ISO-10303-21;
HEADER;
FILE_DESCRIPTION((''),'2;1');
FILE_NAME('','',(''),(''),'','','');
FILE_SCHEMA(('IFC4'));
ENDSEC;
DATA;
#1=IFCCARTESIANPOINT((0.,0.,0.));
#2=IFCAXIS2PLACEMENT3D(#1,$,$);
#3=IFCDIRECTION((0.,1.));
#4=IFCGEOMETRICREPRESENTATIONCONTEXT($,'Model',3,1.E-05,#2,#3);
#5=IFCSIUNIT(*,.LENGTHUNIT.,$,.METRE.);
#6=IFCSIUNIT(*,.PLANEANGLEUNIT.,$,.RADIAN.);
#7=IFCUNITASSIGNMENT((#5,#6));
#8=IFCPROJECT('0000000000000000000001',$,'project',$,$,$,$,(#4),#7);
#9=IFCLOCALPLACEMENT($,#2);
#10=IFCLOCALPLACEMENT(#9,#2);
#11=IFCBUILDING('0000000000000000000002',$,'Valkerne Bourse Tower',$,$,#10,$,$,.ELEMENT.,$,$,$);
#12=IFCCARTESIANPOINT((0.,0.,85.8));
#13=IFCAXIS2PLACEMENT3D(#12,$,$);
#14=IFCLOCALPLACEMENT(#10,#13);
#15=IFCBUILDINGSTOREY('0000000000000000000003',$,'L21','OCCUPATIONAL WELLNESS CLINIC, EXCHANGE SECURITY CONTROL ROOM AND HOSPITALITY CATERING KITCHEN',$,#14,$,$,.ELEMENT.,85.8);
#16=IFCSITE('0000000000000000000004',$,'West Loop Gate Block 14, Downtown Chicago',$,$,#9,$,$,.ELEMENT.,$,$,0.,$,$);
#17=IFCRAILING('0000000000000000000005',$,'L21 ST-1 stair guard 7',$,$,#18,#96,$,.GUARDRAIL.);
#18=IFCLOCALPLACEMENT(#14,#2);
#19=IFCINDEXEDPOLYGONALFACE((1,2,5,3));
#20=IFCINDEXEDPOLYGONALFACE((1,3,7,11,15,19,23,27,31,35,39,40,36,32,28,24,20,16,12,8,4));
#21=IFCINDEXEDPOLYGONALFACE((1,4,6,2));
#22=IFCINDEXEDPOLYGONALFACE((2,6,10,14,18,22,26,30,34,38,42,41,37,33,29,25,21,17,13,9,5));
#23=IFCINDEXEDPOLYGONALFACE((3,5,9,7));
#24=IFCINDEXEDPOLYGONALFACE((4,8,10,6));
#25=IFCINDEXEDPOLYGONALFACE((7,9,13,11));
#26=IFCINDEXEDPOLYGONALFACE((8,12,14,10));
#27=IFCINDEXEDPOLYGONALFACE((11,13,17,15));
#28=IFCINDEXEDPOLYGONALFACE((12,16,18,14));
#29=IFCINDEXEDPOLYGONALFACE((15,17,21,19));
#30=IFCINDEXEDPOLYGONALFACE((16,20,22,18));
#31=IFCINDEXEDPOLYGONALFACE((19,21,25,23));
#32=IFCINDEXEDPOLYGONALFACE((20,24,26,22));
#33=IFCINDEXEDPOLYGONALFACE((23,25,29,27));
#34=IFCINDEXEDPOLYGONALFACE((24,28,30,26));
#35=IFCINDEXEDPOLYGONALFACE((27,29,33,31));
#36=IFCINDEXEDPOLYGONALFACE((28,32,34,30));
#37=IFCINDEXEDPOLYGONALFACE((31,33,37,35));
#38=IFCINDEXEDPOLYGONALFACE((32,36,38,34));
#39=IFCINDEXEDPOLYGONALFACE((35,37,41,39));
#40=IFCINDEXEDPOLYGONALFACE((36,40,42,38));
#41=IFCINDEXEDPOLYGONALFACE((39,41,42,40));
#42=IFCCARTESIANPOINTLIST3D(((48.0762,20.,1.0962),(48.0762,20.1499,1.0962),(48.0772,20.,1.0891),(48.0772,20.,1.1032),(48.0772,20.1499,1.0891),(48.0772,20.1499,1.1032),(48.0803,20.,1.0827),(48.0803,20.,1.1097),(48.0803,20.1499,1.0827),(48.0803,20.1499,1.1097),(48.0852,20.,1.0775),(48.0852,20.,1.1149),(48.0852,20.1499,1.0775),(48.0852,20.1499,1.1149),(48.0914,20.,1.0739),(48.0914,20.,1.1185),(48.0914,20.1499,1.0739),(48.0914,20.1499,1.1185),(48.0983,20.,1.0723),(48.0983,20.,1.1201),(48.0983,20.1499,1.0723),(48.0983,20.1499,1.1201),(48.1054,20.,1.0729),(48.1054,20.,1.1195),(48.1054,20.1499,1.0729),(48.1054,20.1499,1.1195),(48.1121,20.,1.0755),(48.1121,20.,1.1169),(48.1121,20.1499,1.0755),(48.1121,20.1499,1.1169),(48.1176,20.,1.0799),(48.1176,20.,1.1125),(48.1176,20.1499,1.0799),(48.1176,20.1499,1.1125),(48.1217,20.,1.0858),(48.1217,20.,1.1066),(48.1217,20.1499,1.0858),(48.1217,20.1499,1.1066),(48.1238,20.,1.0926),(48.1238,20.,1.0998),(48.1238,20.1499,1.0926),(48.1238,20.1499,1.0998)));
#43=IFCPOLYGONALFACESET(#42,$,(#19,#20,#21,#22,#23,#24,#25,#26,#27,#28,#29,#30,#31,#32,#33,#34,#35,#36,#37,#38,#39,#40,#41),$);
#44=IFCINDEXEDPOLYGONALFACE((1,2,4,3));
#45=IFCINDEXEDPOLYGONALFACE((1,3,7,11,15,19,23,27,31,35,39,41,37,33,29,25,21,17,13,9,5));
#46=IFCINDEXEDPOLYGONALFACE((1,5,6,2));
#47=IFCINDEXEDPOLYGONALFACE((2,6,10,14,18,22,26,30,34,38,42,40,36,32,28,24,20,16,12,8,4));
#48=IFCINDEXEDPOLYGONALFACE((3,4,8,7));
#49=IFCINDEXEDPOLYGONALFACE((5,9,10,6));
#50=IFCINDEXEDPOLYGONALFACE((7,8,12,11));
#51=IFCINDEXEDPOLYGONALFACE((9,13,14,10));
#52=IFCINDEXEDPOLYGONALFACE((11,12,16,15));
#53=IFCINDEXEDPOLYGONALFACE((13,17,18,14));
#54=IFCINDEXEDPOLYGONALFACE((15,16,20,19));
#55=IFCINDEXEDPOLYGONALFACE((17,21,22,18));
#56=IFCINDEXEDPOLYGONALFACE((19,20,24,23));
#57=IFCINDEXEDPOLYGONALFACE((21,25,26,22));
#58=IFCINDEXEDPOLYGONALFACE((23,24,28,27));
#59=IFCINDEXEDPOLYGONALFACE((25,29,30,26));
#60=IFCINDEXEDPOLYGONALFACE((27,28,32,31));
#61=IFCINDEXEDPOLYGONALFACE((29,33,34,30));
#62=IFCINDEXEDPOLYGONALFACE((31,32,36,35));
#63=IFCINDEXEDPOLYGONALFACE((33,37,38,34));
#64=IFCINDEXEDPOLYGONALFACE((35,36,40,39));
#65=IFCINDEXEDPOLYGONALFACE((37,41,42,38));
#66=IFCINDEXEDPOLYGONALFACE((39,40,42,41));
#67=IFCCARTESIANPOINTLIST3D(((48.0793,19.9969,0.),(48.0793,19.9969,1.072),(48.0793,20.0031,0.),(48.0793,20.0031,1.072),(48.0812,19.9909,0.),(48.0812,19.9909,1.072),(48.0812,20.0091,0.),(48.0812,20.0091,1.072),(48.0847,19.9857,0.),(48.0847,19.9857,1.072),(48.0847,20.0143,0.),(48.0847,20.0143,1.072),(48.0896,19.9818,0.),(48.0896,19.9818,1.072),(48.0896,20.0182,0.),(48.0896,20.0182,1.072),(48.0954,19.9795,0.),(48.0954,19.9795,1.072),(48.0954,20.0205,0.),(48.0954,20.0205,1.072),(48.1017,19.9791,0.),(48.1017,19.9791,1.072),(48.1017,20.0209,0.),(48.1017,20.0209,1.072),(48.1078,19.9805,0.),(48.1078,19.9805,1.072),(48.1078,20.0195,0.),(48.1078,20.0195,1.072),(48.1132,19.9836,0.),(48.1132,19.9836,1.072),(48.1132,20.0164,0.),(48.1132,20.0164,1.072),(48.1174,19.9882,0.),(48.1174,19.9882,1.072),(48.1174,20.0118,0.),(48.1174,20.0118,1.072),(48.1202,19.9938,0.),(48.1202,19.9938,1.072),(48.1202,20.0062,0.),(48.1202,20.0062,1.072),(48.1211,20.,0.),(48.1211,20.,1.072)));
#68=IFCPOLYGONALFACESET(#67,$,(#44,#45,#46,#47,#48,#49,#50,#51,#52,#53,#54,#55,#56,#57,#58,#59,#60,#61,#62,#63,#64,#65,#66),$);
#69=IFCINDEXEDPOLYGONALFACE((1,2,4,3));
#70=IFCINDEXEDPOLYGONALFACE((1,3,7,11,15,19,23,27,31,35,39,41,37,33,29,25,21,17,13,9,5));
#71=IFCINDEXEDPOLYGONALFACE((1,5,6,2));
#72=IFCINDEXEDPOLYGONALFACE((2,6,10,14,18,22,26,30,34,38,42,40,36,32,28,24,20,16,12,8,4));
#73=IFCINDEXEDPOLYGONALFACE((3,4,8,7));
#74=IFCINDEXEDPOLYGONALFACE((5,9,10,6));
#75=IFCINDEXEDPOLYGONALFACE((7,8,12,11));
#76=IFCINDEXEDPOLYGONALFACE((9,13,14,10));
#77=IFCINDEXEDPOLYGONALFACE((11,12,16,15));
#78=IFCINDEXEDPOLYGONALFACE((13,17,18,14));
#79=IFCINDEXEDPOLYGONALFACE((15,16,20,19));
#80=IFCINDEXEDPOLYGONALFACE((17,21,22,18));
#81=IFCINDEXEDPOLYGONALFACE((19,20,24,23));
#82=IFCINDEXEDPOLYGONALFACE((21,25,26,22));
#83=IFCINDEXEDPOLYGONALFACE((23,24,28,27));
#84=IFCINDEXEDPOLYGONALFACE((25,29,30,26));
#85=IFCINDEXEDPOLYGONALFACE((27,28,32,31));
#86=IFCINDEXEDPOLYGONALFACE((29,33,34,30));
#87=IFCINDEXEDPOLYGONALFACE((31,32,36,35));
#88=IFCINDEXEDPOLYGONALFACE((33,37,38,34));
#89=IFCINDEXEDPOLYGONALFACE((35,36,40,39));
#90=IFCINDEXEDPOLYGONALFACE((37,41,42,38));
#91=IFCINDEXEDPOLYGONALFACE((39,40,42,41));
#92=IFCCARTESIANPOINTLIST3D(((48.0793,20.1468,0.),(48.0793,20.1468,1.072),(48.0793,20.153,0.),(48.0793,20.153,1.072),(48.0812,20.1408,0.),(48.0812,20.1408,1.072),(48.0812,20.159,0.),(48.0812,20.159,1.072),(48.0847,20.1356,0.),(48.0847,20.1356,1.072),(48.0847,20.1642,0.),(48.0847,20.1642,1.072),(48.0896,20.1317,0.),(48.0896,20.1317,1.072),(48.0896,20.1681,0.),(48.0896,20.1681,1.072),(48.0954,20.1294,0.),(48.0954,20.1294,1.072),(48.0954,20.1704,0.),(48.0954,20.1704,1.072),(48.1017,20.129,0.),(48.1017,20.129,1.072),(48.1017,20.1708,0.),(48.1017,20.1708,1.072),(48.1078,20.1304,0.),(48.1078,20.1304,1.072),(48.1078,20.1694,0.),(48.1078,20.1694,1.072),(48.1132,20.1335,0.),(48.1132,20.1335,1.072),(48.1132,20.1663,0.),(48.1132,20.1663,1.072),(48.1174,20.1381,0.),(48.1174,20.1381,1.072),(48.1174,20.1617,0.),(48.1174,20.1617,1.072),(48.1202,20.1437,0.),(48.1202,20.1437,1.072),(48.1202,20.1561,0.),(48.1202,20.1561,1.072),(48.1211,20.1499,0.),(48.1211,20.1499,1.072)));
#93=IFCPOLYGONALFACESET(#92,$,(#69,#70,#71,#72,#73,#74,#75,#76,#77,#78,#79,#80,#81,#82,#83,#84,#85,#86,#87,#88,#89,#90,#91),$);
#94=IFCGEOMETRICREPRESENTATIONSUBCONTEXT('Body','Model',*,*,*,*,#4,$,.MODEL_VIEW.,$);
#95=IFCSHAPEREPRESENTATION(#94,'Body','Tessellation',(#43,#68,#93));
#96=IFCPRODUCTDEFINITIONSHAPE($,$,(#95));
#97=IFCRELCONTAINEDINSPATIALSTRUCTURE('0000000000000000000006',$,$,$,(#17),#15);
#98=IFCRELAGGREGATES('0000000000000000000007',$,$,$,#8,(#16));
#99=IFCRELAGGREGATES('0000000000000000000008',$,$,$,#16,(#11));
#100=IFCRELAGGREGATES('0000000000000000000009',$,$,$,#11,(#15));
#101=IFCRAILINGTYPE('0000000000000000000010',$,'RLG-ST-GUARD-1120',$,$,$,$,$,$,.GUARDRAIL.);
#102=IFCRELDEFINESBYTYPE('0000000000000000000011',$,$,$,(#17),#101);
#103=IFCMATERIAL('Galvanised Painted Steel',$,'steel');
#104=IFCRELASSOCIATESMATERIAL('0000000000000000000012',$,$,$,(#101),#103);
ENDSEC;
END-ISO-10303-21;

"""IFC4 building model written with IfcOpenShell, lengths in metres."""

from ifc_helpers import new_model, si_unit, direction, frame, origin, origin_2d, place, context, subcontext, project, spatial, circle, extrude, material, type_object, element, save


model = new_model("IFC4")

# Units and contexts
model_context = context("Model", 3, precision=1e-05, world=origin(), true_north=direction((0.0, 1.0)))
body_context = subcontext(model_context, "Body", "Model", "MODEL_VIEW")
ifc_project = project(units=[si_unit("LENGTHUNIT", "METRE"), si_unit("PLANEANGLEUNIT", "RADIAN")], contexts=[model_context])

# Site, building, storey
site_placement = place(None, origin())
site = spatial("IfcSite", under=ifc_project, at=site_placement, Name="West Loop Gate Block 14, Downtown Chicago", CompositionType="ELEMENT", RefElevation=0.0)
building_placement = place(site_placement, origin())
building = spatial("IfcBuilding", under=site, at=building_placement, Name="Valkerne Bourse Tower", CompositionType="ELEMENT")
storey_placement = place(building_placement, frame((0.0, 0.0, 85.8)))
storey = spatial("IfcBuildingStorey", under=building, at=storey_placement, Name="L21", Description="OCCUPATIONAL WELLNESS CLINIC, EXCHANGE SECURITY CONTROL ROOM AND HOSPITALITY CATERING KITCHEN", CompositionType="ELEMENT", Elevation=85.8)

# Shared definitions
ifc_material_1 = material(Name="Galvanised Painted Steel", Category="steel")

# Railing
railing_type_1 = type_object("IfcRailingType", Name="RLG-ST-GUARD-1120", PredefinedType="GUARDRAIL", material=ifc_material_1)
railing_1_placement = place(storey_placement, frame((48.1001, 20.0, 0.0)))
element("IfcRailing", 1, at=railing_1_placement, inside=storey, type_object=railing_type_1, Name="L21 ST-1 stair guard 7", PredefinedType="GUARDRAIL", context=body_context, shape_type="SweptSolid", body=[
    extrude(circle(Radius=0.0239, at=origin_2d()), frame((0.0, 0.0, 1.0962), z_axis=(0.0, 1.0, 0.0), x_axis=(-1.0, 0.0, 0.0)), (0.0, 0.0, 1.0), 0.1499),
    extrude(circle(Radius=0.021, at=origin_2d()), origin(), (0.0, 0.0, 1.0), 1.072),
    extrude(circle(Radius=0.021, at=origin_2d()), frame((0.0, 0.1499, 0.0)), (0.0, 0.0, 1.0), 1.072),
])

save(model, "model.ifc")
